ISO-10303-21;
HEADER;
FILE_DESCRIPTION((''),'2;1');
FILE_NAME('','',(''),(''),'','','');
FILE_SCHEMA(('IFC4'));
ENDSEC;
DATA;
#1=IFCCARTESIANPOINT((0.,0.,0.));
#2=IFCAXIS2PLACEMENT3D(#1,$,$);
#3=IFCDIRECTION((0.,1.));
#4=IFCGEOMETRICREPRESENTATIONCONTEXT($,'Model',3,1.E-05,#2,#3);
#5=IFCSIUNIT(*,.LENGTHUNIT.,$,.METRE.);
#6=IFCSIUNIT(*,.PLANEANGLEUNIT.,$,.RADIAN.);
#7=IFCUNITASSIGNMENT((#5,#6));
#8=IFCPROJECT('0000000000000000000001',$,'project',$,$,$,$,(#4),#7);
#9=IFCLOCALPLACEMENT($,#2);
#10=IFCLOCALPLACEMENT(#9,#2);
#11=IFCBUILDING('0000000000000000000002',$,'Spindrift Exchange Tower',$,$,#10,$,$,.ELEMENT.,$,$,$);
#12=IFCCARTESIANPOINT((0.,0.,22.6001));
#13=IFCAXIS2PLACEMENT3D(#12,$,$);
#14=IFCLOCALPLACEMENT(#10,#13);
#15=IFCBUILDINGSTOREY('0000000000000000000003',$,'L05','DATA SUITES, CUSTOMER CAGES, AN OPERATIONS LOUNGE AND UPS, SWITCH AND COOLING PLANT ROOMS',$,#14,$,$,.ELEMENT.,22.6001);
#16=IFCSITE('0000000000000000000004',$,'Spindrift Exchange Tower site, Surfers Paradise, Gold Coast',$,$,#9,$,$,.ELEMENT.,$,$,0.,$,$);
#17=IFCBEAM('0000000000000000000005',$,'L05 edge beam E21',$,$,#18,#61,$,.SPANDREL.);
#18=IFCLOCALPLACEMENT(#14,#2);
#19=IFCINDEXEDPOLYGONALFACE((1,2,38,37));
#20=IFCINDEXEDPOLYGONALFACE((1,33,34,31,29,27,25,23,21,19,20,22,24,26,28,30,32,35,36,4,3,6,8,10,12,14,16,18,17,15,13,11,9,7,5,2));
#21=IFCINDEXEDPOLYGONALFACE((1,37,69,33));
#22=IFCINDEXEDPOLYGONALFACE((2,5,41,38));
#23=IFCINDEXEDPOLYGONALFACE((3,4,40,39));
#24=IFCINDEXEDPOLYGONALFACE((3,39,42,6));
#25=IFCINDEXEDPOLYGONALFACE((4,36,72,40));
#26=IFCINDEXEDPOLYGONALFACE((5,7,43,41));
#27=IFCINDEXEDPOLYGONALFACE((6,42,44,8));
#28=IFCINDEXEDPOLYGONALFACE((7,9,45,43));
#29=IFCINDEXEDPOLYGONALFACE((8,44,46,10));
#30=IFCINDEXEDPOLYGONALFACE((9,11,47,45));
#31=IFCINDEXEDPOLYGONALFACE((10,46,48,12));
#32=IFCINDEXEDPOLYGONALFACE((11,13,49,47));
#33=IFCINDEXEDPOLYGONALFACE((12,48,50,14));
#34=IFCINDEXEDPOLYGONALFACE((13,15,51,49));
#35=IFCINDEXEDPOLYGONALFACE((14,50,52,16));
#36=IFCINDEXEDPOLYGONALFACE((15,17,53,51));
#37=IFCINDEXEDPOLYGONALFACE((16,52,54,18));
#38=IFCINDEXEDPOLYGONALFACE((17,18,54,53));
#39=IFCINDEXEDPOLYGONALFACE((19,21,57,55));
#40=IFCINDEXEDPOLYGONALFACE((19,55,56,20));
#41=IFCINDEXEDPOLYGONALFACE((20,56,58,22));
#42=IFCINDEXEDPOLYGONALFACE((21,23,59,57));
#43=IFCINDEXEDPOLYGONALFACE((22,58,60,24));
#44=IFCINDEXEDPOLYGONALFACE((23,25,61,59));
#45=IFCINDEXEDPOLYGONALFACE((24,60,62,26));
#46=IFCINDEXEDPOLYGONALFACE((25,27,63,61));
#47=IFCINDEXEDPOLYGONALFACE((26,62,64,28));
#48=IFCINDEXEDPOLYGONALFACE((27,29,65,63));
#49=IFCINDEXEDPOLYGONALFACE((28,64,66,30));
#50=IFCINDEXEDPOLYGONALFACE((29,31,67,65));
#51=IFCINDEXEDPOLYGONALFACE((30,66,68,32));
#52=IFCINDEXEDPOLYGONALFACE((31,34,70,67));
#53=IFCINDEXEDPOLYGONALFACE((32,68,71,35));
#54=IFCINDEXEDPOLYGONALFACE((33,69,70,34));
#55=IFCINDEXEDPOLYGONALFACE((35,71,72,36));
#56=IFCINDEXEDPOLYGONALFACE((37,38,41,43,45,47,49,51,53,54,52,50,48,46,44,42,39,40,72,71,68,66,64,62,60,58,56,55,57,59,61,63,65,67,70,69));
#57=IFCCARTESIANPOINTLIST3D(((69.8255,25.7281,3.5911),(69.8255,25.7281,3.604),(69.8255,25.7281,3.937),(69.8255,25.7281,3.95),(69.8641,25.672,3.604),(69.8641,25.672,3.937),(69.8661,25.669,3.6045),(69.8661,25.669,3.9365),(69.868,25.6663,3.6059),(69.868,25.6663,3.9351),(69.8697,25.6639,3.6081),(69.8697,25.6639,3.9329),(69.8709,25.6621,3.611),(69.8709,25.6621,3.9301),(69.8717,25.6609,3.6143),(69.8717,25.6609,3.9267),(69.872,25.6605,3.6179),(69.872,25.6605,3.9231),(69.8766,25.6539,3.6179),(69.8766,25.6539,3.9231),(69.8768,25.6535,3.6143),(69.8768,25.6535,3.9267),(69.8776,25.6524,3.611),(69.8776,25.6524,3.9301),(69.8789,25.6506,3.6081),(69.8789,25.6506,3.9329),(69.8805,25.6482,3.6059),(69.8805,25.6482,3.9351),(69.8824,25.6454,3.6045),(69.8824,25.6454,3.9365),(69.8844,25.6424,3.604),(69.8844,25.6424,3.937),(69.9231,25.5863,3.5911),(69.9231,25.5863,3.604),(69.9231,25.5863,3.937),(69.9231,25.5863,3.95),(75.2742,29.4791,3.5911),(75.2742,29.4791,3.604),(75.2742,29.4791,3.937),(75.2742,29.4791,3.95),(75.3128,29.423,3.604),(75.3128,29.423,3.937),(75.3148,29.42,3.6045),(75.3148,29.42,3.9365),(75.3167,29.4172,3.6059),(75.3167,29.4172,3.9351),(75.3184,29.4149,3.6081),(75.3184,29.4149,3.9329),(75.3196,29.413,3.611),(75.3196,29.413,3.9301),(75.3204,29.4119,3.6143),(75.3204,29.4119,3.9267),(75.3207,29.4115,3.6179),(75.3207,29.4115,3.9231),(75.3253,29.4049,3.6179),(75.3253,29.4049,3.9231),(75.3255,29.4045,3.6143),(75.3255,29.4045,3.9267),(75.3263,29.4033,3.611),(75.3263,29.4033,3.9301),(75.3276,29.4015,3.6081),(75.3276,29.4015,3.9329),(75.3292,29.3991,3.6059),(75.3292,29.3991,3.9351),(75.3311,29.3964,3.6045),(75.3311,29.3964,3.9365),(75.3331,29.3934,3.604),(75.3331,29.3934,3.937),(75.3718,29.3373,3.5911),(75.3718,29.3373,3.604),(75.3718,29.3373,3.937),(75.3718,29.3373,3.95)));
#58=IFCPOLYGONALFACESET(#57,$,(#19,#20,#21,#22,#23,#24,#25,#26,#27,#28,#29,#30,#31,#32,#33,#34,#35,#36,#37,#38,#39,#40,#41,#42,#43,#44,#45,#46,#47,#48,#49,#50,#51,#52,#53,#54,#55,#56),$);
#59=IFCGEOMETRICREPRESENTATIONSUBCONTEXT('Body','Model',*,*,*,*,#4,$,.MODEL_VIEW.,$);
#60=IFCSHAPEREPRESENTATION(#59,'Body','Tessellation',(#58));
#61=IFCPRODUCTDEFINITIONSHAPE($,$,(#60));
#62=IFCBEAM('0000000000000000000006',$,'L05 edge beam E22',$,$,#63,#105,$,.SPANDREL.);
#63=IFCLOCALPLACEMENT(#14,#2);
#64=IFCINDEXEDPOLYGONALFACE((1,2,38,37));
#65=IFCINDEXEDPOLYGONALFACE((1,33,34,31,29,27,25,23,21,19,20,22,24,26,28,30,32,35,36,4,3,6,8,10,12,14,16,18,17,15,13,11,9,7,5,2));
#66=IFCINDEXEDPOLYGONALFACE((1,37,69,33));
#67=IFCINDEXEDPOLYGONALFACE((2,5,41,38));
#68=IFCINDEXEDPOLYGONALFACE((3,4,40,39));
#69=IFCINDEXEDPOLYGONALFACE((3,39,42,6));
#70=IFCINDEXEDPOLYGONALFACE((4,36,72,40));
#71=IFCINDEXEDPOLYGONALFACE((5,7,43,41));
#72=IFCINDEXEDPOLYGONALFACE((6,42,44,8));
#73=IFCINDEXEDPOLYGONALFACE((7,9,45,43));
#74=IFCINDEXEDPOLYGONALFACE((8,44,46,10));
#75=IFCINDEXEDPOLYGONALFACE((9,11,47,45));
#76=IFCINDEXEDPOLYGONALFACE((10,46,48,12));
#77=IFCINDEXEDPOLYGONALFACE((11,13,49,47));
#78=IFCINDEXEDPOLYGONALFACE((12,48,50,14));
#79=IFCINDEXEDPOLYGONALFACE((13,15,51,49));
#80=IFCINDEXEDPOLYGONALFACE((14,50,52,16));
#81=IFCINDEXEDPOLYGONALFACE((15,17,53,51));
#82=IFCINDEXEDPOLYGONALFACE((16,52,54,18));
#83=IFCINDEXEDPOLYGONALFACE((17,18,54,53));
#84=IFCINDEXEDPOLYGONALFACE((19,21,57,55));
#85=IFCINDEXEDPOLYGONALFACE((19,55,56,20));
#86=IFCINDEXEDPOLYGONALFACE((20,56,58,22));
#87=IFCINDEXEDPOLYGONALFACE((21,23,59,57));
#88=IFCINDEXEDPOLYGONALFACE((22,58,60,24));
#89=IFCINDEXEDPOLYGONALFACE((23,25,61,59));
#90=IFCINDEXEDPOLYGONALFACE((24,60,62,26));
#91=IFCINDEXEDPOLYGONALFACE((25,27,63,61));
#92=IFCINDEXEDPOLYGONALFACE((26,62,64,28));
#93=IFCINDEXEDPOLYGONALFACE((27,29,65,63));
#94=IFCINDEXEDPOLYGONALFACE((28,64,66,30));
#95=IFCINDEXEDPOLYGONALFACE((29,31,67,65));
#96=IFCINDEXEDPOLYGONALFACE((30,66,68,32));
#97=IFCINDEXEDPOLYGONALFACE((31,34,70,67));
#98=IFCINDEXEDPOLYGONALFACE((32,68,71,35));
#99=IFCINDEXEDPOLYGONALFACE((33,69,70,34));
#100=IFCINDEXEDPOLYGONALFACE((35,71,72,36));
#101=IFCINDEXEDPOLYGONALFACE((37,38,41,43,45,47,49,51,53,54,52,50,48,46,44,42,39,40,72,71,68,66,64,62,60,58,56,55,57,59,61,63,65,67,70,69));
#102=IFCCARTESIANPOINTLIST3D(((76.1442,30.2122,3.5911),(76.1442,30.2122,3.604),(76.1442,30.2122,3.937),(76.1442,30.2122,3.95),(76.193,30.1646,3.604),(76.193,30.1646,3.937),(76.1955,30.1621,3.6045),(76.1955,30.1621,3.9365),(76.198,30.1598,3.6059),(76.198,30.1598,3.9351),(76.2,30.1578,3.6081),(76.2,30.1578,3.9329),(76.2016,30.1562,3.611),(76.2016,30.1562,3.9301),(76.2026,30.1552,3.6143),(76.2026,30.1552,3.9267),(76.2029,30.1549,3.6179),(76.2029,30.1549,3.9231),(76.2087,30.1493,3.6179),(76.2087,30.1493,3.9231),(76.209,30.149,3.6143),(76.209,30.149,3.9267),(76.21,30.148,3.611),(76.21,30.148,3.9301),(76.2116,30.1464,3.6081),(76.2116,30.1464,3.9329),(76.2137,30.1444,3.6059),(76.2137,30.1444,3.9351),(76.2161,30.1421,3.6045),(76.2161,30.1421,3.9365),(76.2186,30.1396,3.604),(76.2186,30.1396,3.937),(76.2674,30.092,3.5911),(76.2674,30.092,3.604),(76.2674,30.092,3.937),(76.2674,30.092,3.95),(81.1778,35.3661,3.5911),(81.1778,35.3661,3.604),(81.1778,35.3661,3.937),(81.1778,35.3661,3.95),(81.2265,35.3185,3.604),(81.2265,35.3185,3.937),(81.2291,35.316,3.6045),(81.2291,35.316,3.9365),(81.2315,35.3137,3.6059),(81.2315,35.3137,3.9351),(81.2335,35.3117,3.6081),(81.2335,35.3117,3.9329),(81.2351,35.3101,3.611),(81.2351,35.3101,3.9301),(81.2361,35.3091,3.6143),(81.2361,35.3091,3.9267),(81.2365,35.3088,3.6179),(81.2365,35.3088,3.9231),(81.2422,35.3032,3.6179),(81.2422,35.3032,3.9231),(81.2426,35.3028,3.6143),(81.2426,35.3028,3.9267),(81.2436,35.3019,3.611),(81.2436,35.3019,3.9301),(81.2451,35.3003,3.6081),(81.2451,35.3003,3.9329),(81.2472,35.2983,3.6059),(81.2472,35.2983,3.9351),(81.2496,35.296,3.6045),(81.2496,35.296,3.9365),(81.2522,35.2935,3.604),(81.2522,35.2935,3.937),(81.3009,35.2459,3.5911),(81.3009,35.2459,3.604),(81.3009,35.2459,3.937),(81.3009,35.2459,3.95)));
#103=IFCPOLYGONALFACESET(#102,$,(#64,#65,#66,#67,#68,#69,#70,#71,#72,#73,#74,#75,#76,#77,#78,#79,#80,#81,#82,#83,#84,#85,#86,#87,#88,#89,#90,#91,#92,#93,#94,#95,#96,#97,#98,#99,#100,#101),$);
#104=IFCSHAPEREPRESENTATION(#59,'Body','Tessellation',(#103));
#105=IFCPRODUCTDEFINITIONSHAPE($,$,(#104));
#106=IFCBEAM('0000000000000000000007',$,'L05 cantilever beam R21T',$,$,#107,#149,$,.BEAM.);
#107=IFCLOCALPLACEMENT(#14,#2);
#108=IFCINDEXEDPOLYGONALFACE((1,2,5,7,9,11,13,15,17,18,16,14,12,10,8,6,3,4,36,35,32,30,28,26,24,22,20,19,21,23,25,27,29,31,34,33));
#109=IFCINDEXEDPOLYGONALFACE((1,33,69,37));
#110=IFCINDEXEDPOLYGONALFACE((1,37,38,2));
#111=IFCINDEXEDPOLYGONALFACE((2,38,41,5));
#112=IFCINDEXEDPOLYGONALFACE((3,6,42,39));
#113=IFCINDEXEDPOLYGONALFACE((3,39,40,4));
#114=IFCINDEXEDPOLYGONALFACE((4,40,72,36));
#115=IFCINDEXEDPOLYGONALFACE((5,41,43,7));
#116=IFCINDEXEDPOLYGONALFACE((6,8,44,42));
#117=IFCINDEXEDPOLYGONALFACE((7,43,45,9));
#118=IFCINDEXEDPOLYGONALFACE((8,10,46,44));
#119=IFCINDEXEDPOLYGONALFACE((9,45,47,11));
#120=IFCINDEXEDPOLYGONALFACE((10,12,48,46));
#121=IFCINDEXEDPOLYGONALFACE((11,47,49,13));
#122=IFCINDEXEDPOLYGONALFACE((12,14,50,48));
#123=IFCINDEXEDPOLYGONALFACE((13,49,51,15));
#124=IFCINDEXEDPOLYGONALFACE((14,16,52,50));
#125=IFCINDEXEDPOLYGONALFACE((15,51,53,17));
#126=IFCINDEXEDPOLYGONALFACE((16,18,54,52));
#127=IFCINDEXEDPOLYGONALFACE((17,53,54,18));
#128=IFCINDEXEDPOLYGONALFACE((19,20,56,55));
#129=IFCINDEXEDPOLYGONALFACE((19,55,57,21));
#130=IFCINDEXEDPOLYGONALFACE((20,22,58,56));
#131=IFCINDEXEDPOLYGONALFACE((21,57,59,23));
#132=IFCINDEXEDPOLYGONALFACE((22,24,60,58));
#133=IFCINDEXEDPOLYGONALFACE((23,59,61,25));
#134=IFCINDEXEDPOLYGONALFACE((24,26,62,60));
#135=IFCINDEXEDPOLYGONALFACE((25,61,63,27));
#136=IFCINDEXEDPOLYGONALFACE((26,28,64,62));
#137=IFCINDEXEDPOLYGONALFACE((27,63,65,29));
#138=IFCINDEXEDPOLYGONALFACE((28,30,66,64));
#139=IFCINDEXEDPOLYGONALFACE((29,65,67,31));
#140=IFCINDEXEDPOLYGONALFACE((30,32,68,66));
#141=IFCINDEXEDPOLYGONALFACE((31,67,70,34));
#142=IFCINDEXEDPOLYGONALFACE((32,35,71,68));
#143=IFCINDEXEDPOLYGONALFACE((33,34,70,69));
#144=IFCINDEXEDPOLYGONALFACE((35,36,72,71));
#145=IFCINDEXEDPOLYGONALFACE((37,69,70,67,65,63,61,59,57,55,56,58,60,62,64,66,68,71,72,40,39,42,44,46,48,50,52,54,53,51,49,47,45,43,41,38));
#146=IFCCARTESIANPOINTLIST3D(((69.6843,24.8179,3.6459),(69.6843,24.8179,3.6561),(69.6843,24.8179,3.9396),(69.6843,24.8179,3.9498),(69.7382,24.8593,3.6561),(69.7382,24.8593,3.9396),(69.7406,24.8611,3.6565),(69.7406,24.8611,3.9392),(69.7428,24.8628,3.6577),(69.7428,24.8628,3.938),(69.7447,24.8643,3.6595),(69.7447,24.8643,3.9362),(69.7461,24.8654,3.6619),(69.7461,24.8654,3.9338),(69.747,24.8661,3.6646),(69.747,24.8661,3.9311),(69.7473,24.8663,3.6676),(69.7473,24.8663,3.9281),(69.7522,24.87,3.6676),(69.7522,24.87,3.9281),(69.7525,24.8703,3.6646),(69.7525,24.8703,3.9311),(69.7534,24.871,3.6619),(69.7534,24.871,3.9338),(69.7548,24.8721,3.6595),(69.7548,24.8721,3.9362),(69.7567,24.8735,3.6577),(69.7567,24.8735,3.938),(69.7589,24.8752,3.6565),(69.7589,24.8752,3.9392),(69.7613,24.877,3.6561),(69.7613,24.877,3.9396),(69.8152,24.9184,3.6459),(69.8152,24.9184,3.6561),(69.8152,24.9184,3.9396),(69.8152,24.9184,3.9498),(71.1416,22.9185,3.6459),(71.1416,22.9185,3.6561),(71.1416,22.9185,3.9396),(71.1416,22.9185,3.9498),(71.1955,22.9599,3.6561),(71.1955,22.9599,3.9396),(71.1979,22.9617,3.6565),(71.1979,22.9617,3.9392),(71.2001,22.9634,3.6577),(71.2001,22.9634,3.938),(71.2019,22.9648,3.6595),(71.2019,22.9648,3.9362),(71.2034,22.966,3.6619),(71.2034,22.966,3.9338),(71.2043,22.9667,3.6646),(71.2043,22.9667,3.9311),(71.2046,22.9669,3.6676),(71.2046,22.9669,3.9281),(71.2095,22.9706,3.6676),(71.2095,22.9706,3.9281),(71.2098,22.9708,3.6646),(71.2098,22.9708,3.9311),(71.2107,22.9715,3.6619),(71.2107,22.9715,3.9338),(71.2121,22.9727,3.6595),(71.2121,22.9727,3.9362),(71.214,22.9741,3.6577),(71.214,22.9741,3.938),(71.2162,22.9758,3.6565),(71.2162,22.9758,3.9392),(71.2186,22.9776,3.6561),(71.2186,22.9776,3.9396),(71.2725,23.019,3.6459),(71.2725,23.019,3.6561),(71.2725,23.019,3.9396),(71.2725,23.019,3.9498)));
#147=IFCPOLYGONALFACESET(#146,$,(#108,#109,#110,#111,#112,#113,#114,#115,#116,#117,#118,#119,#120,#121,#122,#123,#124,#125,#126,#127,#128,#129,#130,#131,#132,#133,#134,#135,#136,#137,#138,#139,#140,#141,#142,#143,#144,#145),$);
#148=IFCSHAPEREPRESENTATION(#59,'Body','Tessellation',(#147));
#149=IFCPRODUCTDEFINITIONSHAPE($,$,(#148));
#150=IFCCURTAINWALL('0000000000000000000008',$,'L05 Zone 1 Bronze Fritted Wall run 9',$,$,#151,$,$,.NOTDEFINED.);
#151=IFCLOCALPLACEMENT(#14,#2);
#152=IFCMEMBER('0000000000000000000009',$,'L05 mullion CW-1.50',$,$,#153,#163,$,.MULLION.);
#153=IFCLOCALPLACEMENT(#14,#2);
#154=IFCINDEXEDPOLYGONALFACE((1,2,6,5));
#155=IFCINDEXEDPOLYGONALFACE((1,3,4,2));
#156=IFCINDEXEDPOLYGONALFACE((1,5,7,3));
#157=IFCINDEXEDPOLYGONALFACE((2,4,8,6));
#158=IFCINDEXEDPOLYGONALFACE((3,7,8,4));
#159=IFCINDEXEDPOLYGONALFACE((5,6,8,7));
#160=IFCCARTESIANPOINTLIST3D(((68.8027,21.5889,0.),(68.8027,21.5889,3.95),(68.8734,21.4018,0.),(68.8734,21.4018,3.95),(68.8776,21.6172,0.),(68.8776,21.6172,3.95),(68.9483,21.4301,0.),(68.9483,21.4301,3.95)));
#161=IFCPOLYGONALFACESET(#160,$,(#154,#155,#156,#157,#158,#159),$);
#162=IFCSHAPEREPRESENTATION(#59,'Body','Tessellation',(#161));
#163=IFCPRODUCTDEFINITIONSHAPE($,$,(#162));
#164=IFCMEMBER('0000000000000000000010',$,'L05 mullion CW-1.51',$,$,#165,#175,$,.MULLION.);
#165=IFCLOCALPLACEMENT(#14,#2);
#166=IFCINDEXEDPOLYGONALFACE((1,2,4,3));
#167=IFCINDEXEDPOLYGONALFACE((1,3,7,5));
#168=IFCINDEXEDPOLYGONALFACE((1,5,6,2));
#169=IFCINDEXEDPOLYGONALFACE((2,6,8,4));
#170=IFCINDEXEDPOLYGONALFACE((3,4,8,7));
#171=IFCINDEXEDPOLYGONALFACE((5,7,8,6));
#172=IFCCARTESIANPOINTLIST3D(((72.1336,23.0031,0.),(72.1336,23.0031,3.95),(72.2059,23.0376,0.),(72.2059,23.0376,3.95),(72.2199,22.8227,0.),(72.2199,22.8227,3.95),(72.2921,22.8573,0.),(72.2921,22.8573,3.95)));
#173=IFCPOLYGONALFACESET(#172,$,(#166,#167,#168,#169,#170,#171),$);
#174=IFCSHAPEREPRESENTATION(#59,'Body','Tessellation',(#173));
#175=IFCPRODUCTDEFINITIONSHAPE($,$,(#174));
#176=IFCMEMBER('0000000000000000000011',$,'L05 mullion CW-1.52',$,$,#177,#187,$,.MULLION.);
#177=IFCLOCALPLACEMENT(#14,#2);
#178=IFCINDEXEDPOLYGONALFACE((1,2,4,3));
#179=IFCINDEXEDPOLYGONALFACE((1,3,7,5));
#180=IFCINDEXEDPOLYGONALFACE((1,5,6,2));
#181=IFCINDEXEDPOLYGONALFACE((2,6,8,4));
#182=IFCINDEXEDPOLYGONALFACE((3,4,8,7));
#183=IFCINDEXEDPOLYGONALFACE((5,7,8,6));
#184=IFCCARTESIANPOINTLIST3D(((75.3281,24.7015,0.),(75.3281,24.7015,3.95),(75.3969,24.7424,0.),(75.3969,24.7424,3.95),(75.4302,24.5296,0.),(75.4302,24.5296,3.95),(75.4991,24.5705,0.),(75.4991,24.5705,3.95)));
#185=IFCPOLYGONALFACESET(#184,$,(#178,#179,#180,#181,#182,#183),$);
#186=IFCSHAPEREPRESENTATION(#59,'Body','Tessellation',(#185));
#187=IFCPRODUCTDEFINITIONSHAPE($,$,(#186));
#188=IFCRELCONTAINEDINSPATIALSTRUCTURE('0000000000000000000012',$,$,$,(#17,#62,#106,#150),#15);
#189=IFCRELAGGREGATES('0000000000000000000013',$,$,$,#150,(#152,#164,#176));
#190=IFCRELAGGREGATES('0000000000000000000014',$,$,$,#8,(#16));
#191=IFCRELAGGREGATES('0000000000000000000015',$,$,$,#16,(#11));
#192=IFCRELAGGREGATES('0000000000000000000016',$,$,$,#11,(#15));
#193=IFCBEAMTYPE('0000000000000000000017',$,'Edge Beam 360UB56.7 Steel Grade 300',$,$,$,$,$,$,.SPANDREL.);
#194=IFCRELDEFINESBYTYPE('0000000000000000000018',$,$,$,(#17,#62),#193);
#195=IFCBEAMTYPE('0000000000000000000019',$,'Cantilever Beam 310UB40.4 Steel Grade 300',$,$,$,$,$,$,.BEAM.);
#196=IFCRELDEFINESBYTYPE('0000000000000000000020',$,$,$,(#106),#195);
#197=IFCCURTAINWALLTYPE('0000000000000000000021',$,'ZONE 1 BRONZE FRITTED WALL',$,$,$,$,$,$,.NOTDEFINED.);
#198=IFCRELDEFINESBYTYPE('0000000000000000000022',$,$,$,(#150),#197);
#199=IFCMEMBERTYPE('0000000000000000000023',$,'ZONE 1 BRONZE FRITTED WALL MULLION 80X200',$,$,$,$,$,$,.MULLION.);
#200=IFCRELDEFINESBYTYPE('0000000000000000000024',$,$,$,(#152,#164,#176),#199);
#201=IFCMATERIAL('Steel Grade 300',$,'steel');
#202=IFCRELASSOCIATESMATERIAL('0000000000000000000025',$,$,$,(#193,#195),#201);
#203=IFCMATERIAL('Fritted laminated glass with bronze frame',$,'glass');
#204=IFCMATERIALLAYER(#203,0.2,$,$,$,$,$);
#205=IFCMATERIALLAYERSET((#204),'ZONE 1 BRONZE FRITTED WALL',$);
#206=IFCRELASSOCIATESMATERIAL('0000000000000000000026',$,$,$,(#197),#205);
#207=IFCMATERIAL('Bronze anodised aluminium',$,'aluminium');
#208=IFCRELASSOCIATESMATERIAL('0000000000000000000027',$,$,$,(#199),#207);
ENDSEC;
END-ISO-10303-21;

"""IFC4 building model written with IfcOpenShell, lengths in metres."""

from ifc_helpers import new_model, si_unit, direction, frame, origin, origin_2d, place, context, subcontext, project, spatial, rectangle, i_section, extrude, source, transform, mapped, material, layer, layer_set, material_profile, profile_set, type_object, element, aggregate, save


model = new_model("IFC4")

# Units and contexts
model_context = context("Model", 3, precision=1e-05, world=origin(), true_north=direction((0.0, 1.0)))
body_context = subcontext(model_context, "Body", "Model", "MODEL_VIEW")
ifc_project = project(units=[si_unit("LENGTHUNIT", "METRE"), si_unit("PLANEANGLEUNIT", "RADIAN")], contexts=[model_context])

# Site, building, storey
site_placement = place(None, origin())
site = spatial("IfcSite", under=ifc_project, at=site_placement, Name="Spindrift Exchange Tower site, Surfers Paradise, Gold Coast", CompositionType="ELEMENT", RefElevation=0.0)
building_placement = place(site_placement, origin())
building = spatial("IfcBuilding", under=site, at=building_placement, Name="Spindrift Exchange Tower", CompositionType="ELEMENT")
storey_placement = place(building_placement, frame((0.0, 0.0, 22.6001)))
storey = spatial("IfcBuildingStorey", under=building, at=storey_placement, Name="L05", Description="DATA SUITES, CUSTOMER CAGES, AN OPERATIONS LOUNGE AND UPS, SWITCH AND COOLING PLANT ROOMS", CompositionType="ELEMENT", Elevation=22.6001)

# Beams
ifc_material_1 = material(Name="Steel Grade 300", Category="steel")
ifc_material_profile_1 = material_profile(ifc_material_1, i_section(OverallWidth=0.1721, OverallDepth=0.3589, WebThickness=0.0081, FlangeThickness=0.0129, FilletRadius=0.0139, at=origin_2d()), Name="360UB56.7")
ifc_profile_set_1 = profile_set([ifc_material_profile_1], Name="Steel Grade 300")
beam_type_1 = type_object("IfcBeamType", Name="Edge Beam 360UB56.7 Steel Grade 300", PredefinedType="SPANDREL", material=ifc_profile_set_1)
shared_shape_1 = source(origin(), body_context, "Body", "SweptSolid", [
    extrude(i_section(OverallWidth=0.1721, OverallDepth=0.3589, WebThickness=0.0081, FlangeThickness=0.0129, FilletRadius=0.0139, at=origin_2d()), origin(), (0.0, 0.0, 1.0), 6.615),
])
beam_1_placement = place(storey_placement, frame((69.8743, 25.6572, 3.7705), z_axis=(0.823691, 0.567039, 0.0), x_axis=(-0.567039, 0.823691, 0.0)))
element("IfcBeam", 1, at=beam_1_placement, inside=storey, type_object=beam_type_1, Name="L05 edge beam E21", PredefinedType="SPANDREL", context=body_context, shape_type="MappedRepresentation", body=[
    mapped(shared_shape_1, transform((0.0, 0.0, 0.0), scale=1.0)),
])
shared_shape_2 = source(origin(), body_context, "Body", "SweptSolid", [
    extrude(i_section(OverallWidth=0.1721, OverallDepth=0.3589, WebThickness=0.0081, FlangeThickness=0.0129, FilletRadius=0.0139, at=origin_2d()), origin(), (0.0, 0.0, 1.0), 7.2041),
])
beam_2_placement = place(storey_placement, frame((76.2058, 30.1521, 3.7705), z_axis=(0.698704, 0.715411, 0.0), x_axis=(-0.715411, 0.698704, 0.0)))
element("IfcBeam", 2, at=beam_2_placement, inside=storey, type_object=beam_type_1, Name="L05 edge beam E22", PredefinedType="SPANDREL", context=body_context, shape_type="MappedRepresentation", body=[
    mapped(shared_shape_2, transform((0.0, 0.0, 0.0), scale=1.0)),
])
ifc_material_profile_2 = material_profile(ifc_material_1, i_section(OverallWidth=0.165, OverallDepth=0.304, WebThickness=0.0061, FlangeThickness=0.0103, FilletRadius=0.0115, at=origin_2d()), Name="310UB40.4")
ifc_profile_set_2 = profile_set([ifc_material_profile_2], Name="Steel Grade 300")
beam_type_2 = type_object("IfcBeamType", Name="Cantilever Beam 310UB40.4 Steel Grade 300", PredefinedType="BEAM", material=ifc_profile_set_2)
shared_shape_3 = source(origin(), body_context, "Body", "SweptSolid", [
    extrude(i_section(OverallWidth=0.165, OverallDepth=0.304, WebThickness=0.0061, FlangeThickness=0.0103, FilletRadius=0.0115, at=origin_2d()), origin(), (0.0, 0.0, 1.0), 2.394),
])
beam_3_placement = place(storey_placement, frame((69.7498, 24.8682, 3.7979), z_axis=(0.60871, -0.793393, 0.0), x_axis=(0.793393, 0.60871, 0.0)))
element("IfcBeam", 3, at=beam_3_placement, inside=storey, type_object=beam_type_2, Name="L05 cantilever beam R21T", PredefinedType="BEAM", context=body_context, shape_type="MappedRepresentation", body=[
    mapped(shared_shape_3, transform((0.0, 0.0, 0.0), scale=1.0)),
])

# Curtain wall, members
ifc_material_2 = material(Name="Fritted laminated glass with bronze frame", Category="glass")
ifc_layer_1 = layer(ifc_material_2, 0.2)
ifc_layer_set_1 = layer_set([ifc_layer_1], Name="ZONE 1 BRONZE FRITTED WALL")
curtain_wall_type = type_object("IfcCurtainWallType", Name="ZONE 1 BRONZE FRITTED WALL", PredefinedType="NOTDEFINED", material=ifc_layer_set_1)
curtain_wall_placement = place(storey_placement, origin())
curtain_wall = element("IfcCurtainWall", 4, at=curtain_wall_placement, inside=storey, type_object=curtain_wall_type, Name="L05 Zone 1 Bronze Fritted Wall run 9", PredefinedType="NOTDEFINED")
ifc_material_3 = material(Name="Bronze anodised aluminium", Category="aluminium")
ifc_material_profile_3 = material_profile(ifc_material_3, rectangle(XDim=0.0801, YDim=0.2, at=origin_2d()), Name="ZONE 1 BRONZE FRITTED WALL MULLION 80X200")
ifc_profile_set_3 = profile_set([ifc_material_profile_3], Name="Bronze anodised aluminium")
member_type_1 = type_object("IfcMemberType", Name="ZONE 1 BRONZE FRITTED WALL MULLION 80X200", PredefinedType="MULLION", material=ifc_profile_set_3)
shared_shape_4 = source(origin(), body_context, "Body", "SweptSolid", [
    extrude(rectangle(XDim=0.0801, YDim=0.2, at=origin_2d()), origin(), (0.0, 0.0, 1.0), 3.95),
])
member_1_placement = place(storey_placement, frame((68.8755, 21.5095, 0.0), z_axis=(0.0, 0.0, 1.0), x_axis=(0.935479, 0.353382, 0.0)))
member_1 = element("IfcMember", 5, at=member_1_placement, type_object=member_type_1, Name="L05 mullion CW-1.50", PredefinedType="MULLION", context=body_context, shape_type="MappedRepresentation", body=[
    mapped(shared_shape_4, transform((0.0, 0.0, 0.0), scale=1.0)),
])
member_2_placement = place(storey_placement, frame((72.2129, 22.9302, 0.0), z_axis=(0.0, 0.0, 1.0), x_axis=(0.902161, 0.431399, 0.0)))
member_2 = element("IfcMember", 6, at=member_2_placement, type_object=member_type_1, Name="L05 mullion CW-1.51", PredefinedType="MULLION", context=body_context, shape_type="MappedRepresentation", body=[
    mapped(shared_shape_4, transform((0.0, 0.0, 0.0), scale=1.0)),
])
member_3_placement = place(storey_placement, frame((75.4136, 24.636, 0.0), z_axis=(0.0, 0.0, 1.0), x_axis=(0.859577, 0.511007, 0.0)))
member_3 = element("IfcMember", 7, at=member_3_placement, type_object=member_type_1, Name="L05 mullion CW-1.52", PredefinedType="MULLION", context=body_context, shape_type="MappedRepresentation", body=[
    mapped(shared_shape_4, transform((0.0, 0.0, 0.0), scale=1.0)),
])
aggregate(curtain_wall, [member_1, member_2, member_3])

save(model, "model.ifc")
